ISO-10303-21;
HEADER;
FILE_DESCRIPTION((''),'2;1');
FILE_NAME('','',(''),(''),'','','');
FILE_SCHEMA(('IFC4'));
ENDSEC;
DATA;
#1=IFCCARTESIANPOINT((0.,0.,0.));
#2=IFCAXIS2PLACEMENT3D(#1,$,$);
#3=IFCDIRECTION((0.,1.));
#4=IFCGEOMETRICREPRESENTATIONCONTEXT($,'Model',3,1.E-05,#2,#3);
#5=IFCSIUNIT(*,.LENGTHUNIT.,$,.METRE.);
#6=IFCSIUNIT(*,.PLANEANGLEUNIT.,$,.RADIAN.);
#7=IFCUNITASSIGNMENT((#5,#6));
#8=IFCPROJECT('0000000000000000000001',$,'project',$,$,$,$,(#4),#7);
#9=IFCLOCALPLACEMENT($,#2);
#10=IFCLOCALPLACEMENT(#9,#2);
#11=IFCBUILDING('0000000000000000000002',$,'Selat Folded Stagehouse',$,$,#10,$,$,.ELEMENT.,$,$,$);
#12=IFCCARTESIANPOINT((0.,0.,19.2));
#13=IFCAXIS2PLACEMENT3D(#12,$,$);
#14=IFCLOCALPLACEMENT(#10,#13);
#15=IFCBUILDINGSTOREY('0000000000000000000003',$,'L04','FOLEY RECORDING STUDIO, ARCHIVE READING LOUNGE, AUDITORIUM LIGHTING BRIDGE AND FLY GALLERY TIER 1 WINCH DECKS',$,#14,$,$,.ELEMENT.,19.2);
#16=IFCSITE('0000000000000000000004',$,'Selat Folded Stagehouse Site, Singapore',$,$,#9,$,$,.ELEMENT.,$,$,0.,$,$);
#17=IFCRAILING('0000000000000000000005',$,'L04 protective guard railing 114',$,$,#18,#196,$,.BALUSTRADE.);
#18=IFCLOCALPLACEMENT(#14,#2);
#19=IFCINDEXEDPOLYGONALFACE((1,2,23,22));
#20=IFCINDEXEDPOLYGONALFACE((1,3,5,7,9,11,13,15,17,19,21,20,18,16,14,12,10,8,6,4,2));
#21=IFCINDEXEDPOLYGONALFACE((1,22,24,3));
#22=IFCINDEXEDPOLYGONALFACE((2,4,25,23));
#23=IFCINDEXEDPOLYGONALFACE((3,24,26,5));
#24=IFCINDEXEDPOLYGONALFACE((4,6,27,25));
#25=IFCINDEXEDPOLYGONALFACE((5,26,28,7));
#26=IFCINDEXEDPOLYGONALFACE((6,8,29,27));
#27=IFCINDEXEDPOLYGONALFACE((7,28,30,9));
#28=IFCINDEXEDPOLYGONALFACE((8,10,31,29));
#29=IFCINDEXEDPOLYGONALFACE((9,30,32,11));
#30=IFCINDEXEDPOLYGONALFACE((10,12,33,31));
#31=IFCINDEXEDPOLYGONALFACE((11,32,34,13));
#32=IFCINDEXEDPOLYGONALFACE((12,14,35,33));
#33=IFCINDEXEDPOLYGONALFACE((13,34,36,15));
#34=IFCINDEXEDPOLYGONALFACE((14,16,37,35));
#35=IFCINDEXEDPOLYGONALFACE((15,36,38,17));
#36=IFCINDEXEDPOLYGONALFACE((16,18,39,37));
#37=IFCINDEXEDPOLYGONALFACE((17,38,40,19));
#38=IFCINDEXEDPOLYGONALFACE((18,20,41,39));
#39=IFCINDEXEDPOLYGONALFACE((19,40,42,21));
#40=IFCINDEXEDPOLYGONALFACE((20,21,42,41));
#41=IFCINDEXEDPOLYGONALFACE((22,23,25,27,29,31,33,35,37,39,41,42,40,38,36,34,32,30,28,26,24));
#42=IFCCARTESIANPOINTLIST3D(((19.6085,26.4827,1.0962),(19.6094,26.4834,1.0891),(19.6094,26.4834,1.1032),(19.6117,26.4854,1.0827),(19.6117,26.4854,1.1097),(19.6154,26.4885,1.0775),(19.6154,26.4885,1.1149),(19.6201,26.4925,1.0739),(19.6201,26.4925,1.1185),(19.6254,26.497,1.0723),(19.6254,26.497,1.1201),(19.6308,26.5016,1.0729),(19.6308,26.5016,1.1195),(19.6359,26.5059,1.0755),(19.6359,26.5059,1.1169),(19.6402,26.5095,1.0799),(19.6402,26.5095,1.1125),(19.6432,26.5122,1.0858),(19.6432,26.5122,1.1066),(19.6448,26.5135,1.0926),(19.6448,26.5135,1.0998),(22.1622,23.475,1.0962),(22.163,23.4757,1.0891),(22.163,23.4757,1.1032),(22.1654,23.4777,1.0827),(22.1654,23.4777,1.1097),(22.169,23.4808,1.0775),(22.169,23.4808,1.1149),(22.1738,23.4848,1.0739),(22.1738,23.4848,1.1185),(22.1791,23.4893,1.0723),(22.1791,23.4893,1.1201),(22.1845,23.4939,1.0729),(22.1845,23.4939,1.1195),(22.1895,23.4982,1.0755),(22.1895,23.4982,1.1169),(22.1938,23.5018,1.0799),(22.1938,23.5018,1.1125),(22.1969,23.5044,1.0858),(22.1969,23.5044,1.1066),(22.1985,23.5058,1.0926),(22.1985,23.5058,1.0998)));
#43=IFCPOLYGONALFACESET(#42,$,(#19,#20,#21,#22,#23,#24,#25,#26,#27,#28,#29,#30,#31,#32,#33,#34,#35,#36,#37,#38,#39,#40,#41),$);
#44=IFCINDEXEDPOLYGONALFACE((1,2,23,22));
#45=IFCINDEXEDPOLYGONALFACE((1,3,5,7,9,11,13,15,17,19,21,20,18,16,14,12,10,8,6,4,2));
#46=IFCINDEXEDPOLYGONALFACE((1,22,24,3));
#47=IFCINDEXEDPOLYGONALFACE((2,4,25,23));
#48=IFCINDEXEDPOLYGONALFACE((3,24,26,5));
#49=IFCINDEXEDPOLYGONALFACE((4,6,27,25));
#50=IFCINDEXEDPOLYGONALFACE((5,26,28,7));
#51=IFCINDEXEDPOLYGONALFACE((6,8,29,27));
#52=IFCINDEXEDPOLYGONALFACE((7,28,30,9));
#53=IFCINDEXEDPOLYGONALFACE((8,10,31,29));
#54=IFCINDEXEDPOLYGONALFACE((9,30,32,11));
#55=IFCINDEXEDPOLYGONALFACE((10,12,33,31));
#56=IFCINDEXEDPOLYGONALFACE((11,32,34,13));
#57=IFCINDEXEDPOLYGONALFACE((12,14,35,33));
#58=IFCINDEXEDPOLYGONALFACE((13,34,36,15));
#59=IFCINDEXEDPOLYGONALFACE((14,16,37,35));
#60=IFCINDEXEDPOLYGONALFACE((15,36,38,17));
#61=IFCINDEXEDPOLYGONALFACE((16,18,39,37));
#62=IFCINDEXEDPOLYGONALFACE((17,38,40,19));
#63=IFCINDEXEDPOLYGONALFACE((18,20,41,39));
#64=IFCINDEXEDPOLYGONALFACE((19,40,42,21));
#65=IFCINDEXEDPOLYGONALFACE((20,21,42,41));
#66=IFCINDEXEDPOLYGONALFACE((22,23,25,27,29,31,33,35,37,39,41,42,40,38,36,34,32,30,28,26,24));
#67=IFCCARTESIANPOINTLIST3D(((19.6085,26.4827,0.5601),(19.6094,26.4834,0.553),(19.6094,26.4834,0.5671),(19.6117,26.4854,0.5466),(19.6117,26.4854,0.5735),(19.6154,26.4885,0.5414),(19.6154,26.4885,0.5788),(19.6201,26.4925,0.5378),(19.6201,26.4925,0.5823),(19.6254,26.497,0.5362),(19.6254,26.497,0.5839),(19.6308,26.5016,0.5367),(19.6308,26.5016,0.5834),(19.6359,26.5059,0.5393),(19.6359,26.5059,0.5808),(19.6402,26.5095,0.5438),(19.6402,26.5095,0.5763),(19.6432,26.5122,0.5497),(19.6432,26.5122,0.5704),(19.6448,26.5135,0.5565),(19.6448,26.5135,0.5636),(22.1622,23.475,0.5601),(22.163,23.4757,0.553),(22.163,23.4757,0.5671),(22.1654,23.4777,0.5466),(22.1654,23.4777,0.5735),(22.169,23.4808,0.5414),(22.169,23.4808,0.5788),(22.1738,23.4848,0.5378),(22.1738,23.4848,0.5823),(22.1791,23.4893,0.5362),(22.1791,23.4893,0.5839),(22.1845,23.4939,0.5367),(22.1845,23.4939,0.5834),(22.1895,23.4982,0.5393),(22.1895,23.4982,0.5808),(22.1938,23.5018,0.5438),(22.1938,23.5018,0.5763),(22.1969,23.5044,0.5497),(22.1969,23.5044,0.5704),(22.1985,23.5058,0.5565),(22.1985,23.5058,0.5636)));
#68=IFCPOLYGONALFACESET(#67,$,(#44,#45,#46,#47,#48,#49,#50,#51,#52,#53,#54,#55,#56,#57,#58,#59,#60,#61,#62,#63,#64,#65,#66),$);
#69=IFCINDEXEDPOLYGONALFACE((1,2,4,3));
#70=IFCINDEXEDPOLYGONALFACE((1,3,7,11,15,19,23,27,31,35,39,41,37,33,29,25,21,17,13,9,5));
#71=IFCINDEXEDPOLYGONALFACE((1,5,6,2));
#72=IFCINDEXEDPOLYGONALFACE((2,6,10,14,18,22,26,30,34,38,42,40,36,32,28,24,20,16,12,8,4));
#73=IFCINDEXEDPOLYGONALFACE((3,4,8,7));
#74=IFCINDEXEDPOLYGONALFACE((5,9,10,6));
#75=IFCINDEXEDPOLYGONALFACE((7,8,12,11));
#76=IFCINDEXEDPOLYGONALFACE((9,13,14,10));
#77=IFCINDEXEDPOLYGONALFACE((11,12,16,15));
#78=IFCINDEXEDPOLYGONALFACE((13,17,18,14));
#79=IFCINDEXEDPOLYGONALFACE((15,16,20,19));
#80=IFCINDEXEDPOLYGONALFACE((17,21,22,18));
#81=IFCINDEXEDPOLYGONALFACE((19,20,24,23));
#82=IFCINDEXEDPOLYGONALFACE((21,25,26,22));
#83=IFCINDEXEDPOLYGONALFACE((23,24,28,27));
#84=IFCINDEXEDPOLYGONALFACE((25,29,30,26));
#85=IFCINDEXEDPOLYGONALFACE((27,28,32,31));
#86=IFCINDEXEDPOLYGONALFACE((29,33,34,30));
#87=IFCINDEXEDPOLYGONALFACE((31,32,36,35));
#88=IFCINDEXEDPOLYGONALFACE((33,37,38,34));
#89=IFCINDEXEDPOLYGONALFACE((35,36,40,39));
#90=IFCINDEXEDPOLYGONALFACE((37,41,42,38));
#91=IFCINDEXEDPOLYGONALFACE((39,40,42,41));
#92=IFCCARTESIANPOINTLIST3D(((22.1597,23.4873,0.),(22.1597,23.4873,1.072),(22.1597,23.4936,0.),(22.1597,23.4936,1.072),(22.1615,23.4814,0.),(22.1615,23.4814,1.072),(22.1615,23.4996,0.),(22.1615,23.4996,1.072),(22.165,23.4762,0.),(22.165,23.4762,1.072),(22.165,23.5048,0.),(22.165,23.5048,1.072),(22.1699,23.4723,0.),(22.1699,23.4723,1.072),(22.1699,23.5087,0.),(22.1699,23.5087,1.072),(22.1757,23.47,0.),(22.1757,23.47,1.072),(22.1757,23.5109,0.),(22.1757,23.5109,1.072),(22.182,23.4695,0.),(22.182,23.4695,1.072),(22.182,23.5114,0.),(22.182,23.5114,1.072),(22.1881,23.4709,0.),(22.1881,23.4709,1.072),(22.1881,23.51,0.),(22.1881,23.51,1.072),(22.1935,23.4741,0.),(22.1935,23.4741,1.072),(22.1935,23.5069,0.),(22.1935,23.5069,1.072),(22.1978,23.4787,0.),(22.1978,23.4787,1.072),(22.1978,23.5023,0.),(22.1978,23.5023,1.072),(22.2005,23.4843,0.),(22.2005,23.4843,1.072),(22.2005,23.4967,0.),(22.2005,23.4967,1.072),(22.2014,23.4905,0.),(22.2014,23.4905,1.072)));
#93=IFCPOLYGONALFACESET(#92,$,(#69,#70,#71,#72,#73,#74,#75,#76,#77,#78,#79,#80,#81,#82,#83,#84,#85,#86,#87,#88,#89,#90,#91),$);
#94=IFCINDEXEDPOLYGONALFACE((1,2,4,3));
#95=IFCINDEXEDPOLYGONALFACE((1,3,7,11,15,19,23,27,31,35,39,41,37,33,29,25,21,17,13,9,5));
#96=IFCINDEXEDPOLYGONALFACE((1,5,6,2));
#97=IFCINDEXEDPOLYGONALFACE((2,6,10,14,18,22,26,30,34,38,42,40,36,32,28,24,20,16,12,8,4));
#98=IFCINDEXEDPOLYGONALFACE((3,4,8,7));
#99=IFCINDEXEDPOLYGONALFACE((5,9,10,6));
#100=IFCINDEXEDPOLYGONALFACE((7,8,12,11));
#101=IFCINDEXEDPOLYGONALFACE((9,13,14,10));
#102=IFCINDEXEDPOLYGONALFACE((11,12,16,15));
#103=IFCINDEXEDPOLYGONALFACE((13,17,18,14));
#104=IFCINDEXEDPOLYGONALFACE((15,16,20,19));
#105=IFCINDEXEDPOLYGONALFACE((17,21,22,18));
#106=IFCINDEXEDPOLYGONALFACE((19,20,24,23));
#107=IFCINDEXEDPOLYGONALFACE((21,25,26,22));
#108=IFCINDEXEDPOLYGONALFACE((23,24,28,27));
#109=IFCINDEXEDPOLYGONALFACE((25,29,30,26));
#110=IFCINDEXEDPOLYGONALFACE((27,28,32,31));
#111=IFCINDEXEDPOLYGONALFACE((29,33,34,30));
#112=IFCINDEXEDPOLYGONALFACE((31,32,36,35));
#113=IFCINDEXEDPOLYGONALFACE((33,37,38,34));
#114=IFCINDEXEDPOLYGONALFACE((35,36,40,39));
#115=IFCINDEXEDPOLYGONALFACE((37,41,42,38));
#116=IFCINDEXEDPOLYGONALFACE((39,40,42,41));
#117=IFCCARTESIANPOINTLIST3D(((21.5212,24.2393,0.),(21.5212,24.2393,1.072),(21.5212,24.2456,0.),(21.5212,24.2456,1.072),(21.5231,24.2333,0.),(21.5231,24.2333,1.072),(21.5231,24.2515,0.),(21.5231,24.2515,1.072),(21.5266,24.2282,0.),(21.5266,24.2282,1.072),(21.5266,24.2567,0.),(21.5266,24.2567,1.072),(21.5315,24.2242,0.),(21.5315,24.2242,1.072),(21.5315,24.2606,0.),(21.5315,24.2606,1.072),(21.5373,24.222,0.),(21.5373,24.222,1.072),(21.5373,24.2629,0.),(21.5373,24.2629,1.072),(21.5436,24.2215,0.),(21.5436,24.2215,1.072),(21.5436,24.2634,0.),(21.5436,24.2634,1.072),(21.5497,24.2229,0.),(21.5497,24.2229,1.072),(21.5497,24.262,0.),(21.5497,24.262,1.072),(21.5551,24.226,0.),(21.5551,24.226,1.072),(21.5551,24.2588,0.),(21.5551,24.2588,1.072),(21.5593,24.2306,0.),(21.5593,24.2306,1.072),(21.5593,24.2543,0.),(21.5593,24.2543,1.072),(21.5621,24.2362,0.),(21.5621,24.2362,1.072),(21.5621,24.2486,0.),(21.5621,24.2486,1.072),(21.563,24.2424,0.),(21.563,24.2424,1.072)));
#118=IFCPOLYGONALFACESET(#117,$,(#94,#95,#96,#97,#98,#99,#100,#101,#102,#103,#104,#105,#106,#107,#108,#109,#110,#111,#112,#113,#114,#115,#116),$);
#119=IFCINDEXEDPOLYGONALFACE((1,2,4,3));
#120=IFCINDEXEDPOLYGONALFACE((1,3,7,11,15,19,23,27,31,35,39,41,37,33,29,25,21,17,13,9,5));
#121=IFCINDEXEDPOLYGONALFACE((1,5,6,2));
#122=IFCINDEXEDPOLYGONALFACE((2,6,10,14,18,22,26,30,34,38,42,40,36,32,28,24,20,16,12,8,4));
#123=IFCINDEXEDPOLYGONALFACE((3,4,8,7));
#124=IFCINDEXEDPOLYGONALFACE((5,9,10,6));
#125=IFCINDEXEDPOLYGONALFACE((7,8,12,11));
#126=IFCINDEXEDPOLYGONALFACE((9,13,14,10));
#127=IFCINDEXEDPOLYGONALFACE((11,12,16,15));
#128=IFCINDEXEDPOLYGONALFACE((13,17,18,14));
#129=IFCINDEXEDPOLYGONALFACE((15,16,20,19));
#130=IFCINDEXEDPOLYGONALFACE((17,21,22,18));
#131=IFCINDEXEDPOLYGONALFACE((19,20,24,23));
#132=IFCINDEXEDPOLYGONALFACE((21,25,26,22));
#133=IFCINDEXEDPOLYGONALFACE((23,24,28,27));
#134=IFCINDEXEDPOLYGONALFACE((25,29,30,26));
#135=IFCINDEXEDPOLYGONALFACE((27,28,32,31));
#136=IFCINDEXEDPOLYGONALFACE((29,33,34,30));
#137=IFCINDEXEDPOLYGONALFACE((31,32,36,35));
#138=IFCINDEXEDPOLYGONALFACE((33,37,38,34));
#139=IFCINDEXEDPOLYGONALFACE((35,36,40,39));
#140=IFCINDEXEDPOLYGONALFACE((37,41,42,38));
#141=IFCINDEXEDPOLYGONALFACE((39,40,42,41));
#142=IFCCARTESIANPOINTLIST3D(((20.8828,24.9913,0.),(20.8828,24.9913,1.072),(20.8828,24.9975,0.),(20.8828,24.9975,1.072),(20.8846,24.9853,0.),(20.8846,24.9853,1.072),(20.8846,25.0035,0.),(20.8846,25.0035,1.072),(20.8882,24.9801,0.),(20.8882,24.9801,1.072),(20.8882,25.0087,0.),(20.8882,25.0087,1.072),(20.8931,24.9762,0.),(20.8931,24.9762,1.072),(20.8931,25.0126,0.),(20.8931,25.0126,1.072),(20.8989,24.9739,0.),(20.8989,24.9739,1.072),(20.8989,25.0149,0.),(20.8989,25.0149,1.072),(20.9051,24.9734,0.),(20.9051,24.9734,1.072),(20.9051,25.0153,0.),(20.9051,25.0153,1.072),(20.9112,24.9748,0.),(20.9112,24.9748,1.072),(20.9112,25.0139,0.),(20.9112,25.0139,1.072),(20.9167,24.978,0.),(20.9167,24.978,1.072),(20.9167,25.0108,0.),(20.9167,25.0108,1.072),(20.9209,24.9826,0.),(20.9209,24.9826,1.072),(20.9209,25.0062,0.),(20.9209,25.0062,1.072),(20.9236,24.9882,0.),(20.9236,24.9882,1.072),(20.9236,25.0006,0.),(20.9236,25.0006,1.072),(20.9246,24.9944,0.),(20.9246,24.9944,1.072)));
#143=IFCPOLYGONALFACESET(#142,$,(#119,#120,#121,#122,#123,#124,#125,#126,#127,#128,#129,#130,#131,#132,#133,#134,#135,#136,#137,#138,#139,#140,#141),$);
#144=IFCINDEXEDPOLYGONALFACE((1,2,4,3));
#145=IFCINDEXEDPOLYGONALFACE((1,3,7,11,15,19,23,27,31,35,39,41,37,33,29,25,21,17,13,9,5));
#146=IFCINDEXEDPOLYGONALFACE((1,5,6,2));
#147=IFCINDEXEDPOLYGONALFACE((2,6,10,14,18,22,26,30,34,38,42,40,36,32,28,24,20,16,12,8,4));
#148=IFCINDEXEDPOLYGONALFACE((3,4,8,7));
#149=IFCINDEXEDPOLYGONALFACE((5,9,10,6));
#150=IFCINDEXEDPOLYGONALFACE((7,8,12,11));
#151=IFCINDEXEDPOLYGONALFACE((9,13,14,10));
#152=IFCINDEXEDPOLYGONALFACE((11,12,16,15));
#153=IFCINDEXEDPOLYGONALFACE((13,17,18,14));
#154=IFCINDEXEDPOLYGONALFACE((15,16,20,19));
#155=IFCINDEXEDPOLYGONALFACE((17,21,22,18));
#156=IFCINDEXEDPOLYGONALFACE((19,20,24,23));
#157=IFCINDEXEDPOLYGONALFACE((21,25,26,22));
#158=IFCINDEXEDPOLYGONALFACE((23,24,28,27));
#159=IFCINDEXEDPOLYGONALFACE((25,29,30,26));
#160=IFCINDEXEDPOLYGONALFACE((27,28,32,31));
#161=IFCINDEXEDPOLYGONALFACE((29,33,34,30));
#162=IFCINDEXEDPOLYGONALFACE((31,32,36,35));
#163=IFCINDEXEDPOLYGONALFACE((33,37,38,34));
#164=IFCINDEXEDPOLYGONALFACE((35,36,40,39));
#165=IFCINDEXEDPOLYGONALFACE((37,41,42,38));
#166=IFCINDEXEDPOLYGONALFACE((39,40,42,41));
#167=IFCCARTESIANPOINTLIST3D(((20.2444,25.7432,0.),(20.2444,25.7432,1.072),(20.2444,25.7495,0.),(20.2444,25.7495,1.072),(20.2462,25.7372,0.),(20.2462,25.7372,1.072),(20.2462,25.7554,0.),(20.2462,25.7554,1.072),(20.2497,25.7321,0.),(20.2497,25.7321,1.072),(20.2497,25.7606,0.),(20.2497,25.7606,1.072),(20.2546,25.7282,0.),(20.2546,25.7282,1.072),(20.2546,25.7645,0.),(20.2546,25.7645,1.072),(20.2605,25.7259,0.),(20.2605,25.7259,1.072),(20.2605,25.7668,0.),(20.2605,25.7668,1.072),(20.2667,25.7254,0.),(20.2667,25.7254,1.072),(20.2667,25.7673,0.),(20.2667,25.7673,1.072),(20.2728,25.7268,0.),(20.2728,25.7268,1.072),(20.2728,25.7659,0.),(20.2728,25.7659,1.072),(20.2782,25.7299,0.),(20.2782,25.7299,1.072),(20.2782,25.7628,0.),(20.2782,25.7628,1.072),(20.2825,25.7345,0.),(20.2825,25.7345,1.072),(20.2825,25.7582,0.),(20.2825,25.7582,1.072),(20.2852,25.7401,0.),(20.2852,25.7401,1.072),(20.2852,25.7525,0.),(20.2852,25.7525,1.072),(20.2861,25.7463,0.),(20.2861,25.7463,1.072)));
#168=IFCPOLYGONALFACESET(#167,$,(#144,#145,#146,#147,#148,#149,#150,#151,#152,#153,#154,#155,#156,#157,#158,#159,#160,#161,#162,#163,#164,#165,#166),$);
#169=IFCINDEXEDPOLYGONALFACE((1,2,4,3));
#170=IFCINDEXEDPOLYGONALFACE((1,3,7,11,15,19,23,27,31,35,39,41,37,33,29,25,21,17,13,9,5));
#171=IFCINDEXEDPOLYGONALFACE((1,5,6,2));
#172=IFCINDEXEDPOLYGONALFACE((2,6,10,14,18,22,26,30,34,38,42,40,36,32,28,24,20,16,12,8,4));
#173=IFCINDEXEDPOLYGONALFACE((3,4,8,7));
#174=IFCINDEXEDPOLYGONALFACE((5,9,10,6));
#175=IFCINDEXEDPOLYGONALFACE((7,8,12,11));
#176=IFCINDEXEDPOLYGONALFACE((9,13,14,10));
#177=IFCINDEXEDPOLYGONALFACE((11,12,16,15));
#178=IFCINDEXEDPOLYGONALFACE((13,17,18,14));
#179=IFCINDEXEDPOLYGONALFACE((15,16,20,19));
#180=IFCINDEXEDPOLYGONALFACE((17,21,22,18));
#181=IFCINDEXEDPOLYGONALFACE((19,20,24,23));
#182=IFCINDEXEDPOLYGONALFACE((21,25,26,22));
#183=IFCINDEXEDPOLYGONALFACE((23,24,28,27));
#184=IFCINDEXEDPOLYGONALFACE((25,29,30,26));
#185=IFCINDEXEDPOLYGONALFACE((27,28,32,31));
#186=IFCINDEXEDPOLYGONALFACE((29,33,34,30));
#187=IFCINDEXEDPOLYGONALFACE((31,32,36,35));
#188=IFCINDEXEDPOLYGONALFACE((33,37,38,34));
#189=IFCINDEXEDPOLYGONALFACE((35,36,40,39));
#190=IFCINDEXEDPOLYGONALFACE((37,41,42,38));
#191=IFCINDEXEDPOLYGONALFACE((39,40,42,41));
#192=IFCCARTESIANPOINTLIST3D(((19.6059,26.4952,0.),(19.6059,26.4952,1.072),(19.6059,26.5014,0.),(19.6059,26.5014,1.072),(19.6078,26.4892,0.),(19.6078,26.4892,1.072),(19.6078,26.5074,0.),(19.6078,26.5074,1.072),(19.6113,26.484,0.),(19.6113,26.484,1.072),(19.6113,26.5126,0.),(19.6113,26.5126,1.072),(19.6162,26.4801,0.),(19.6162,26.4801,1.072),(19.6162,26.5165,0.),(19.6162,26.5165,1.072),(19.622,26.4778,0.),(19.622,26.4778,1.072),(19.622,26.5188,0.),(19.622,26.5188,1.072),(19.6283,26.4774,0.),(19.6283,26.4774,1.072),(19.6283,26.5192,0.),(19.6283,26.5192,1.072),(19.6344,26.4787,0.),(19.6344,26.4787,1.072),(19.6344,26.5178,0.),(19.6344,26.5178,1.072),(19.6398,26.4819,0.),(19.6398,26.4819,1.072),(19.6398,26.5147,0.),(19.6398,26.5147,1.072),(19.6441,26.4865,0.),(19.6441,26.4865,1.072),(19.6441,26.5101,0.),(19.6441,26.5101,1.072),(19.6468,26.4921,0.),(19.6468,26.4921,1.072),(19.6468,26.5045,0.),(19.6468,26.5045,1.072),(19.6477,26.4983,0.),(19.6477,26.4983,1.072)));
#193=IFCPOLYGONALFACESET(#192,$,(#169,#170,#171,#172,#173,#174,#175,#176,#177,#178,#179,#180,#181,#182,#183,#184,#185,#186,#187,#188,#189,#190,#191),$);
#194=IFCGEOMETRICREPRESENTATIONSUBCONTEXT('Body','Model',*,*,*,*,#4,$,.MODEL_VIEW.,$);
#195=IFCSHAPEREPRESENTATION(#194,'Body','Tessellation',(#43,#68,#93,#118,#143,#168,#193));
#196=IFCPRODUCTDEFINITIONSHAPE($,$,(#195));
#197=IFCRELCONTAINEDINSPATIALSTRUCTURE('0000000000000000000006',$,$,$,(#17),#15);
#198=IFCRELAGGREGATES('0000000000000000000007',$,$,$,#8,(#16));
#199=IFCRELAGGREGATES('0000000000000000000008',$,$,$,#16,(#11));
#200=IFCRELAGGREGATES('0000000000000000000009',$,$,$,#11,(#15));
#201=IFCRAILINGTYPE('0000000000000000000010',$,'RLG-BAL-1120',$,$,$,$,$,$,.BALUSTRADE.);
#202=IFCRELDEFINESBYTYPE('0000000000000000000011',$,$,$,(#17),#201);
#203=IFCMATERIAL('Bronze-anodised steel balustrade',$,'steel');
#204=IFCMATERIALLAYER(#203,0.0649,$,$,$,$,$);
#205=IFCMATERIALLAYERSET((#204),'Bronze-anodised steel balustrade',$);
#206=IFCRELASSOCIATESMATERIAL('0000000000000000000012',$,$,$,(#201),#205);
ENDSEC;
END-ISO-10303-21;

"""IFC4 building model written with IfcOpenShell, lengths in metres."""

from ifc_helpers import new_model, si_unit, direction, frame, origin, origin_2d, place, context, subcontext, project, spatial, circle, extrude, material, layer, layer_set, type_object, element, save


model = new_model("IFC4")

# Units and contexts
model_context = context("Model", 3, precision=1e-05, world=origin(), true_north=direction((0.0, 1.0)))
body_context = subcontext(model_context, "Body", "Model", "MODEL_VIEW")
ifc_project = project(units=[si_unit("LENGTHUNIT", "METRE"), si_unit("PLANEANGLEUNIT", "RADIAN")], contexts=[model_context])

# Site, building, storey
site_placement = place(None, origin())
site = spatial("IfcSite", under=ifc_project, at=site_placement, Name="Selat Folded Stagehouse Site, Singapore", CompositionType="ELEMENT", RefElevation=0.0)
building_placement = place(site_placement, origin())
building = spatial("IfcBuilding", under=site, at=building_placement, Name="Selat Folded Stagehouse", CompositionType="ELEMENT")
storey_placement = place(building_placement, frame((0.0, 0.0, 19.2)))
storey = spatial("IfcBuildingStorey", under=building, at=storey_placement, Name="L04", Description="FOLEY RECORDING STUDIO, ARCHIVE READING LOUNGE, AUDITORIUM LIGHTING BRIDGE AND FLY GALLERY TIER 1 WINCH DECKS", CompositionType="ELEMENT", Elevation=19.2)

# Railing
ifc_material_1 = material(Name="Bronze-anodised steel balustrade", Category="steel")
ifc_layer_1 = layer(ifc_material_1, 0.0649)
ifc_layer_set_1 = layer_set([ifc_layer_1], Name="Bronze-anodised steel balustrade")
railing_type = type_object("IfcRailingType", Name="RLG-BAL-1120", PredefinedType="BALUSTRADE", material=ifc_layer_set_1)
railing_1_placement = place(storey_placement, frame((22.1804, 23.4905, 0.0)))
element("IfcRailing", 1, at=railing_1_placement, inside=storey, type_object=railing_type, Name="L04 protective guard railing 114", PredefinedType="BALUSTRADE", context=body_context, shape_type="SweptSolid", body=[
    extrude(circle(Radius=0.0239, at=origin_2d()), frame((0.0, 0.0, 1.0962), z_axis=(-0.647217, 0.762306, 0.0), x_axis=(-0.762306, -0.647217, 0.0)), (0.0, 0.0, 1.0), 3.9456),
    extrude(circle(Radius=0.0239, at=origin_2d()), frame((0.0, 0.0, 0.5601), z_axis=(-0.647217, 0.762306, 0.0), x_axis=(-0.762306, -0.647217, 0.0)), (0.0, 0.0, 1.0), 3.9456),
    extrude(circle(Radius=0.021, at=origin_2d()), origin(), (0.0, 0.0, 1.0), 1.072),
    extrude(circle(Radius=0.021, at=origin_2d()), frame((-0.6384, 0.752, 0.0)), (0.0, 0.0, 1.0), 1.072),
    extrude(circle(Radius=0.021, at=origin_2d()), frame((-1.2769, 1.5039, 0.0)), (0.0, 0.0, 1.0), 1.072),
    extrude(circle(Radius=0.021, at=origin_2d()), frame((-1.9153, 2.2559, 0.0)), (0.0, 0.0, 1.0), 1.072),
    extrude(circle(Radius=0.021, at=origin_2d()), frame((-2.5537, 3.0078, 0.0)), (0.0, 0.0, 1.0), 1.072),
])

save(model, "model.ifc")
